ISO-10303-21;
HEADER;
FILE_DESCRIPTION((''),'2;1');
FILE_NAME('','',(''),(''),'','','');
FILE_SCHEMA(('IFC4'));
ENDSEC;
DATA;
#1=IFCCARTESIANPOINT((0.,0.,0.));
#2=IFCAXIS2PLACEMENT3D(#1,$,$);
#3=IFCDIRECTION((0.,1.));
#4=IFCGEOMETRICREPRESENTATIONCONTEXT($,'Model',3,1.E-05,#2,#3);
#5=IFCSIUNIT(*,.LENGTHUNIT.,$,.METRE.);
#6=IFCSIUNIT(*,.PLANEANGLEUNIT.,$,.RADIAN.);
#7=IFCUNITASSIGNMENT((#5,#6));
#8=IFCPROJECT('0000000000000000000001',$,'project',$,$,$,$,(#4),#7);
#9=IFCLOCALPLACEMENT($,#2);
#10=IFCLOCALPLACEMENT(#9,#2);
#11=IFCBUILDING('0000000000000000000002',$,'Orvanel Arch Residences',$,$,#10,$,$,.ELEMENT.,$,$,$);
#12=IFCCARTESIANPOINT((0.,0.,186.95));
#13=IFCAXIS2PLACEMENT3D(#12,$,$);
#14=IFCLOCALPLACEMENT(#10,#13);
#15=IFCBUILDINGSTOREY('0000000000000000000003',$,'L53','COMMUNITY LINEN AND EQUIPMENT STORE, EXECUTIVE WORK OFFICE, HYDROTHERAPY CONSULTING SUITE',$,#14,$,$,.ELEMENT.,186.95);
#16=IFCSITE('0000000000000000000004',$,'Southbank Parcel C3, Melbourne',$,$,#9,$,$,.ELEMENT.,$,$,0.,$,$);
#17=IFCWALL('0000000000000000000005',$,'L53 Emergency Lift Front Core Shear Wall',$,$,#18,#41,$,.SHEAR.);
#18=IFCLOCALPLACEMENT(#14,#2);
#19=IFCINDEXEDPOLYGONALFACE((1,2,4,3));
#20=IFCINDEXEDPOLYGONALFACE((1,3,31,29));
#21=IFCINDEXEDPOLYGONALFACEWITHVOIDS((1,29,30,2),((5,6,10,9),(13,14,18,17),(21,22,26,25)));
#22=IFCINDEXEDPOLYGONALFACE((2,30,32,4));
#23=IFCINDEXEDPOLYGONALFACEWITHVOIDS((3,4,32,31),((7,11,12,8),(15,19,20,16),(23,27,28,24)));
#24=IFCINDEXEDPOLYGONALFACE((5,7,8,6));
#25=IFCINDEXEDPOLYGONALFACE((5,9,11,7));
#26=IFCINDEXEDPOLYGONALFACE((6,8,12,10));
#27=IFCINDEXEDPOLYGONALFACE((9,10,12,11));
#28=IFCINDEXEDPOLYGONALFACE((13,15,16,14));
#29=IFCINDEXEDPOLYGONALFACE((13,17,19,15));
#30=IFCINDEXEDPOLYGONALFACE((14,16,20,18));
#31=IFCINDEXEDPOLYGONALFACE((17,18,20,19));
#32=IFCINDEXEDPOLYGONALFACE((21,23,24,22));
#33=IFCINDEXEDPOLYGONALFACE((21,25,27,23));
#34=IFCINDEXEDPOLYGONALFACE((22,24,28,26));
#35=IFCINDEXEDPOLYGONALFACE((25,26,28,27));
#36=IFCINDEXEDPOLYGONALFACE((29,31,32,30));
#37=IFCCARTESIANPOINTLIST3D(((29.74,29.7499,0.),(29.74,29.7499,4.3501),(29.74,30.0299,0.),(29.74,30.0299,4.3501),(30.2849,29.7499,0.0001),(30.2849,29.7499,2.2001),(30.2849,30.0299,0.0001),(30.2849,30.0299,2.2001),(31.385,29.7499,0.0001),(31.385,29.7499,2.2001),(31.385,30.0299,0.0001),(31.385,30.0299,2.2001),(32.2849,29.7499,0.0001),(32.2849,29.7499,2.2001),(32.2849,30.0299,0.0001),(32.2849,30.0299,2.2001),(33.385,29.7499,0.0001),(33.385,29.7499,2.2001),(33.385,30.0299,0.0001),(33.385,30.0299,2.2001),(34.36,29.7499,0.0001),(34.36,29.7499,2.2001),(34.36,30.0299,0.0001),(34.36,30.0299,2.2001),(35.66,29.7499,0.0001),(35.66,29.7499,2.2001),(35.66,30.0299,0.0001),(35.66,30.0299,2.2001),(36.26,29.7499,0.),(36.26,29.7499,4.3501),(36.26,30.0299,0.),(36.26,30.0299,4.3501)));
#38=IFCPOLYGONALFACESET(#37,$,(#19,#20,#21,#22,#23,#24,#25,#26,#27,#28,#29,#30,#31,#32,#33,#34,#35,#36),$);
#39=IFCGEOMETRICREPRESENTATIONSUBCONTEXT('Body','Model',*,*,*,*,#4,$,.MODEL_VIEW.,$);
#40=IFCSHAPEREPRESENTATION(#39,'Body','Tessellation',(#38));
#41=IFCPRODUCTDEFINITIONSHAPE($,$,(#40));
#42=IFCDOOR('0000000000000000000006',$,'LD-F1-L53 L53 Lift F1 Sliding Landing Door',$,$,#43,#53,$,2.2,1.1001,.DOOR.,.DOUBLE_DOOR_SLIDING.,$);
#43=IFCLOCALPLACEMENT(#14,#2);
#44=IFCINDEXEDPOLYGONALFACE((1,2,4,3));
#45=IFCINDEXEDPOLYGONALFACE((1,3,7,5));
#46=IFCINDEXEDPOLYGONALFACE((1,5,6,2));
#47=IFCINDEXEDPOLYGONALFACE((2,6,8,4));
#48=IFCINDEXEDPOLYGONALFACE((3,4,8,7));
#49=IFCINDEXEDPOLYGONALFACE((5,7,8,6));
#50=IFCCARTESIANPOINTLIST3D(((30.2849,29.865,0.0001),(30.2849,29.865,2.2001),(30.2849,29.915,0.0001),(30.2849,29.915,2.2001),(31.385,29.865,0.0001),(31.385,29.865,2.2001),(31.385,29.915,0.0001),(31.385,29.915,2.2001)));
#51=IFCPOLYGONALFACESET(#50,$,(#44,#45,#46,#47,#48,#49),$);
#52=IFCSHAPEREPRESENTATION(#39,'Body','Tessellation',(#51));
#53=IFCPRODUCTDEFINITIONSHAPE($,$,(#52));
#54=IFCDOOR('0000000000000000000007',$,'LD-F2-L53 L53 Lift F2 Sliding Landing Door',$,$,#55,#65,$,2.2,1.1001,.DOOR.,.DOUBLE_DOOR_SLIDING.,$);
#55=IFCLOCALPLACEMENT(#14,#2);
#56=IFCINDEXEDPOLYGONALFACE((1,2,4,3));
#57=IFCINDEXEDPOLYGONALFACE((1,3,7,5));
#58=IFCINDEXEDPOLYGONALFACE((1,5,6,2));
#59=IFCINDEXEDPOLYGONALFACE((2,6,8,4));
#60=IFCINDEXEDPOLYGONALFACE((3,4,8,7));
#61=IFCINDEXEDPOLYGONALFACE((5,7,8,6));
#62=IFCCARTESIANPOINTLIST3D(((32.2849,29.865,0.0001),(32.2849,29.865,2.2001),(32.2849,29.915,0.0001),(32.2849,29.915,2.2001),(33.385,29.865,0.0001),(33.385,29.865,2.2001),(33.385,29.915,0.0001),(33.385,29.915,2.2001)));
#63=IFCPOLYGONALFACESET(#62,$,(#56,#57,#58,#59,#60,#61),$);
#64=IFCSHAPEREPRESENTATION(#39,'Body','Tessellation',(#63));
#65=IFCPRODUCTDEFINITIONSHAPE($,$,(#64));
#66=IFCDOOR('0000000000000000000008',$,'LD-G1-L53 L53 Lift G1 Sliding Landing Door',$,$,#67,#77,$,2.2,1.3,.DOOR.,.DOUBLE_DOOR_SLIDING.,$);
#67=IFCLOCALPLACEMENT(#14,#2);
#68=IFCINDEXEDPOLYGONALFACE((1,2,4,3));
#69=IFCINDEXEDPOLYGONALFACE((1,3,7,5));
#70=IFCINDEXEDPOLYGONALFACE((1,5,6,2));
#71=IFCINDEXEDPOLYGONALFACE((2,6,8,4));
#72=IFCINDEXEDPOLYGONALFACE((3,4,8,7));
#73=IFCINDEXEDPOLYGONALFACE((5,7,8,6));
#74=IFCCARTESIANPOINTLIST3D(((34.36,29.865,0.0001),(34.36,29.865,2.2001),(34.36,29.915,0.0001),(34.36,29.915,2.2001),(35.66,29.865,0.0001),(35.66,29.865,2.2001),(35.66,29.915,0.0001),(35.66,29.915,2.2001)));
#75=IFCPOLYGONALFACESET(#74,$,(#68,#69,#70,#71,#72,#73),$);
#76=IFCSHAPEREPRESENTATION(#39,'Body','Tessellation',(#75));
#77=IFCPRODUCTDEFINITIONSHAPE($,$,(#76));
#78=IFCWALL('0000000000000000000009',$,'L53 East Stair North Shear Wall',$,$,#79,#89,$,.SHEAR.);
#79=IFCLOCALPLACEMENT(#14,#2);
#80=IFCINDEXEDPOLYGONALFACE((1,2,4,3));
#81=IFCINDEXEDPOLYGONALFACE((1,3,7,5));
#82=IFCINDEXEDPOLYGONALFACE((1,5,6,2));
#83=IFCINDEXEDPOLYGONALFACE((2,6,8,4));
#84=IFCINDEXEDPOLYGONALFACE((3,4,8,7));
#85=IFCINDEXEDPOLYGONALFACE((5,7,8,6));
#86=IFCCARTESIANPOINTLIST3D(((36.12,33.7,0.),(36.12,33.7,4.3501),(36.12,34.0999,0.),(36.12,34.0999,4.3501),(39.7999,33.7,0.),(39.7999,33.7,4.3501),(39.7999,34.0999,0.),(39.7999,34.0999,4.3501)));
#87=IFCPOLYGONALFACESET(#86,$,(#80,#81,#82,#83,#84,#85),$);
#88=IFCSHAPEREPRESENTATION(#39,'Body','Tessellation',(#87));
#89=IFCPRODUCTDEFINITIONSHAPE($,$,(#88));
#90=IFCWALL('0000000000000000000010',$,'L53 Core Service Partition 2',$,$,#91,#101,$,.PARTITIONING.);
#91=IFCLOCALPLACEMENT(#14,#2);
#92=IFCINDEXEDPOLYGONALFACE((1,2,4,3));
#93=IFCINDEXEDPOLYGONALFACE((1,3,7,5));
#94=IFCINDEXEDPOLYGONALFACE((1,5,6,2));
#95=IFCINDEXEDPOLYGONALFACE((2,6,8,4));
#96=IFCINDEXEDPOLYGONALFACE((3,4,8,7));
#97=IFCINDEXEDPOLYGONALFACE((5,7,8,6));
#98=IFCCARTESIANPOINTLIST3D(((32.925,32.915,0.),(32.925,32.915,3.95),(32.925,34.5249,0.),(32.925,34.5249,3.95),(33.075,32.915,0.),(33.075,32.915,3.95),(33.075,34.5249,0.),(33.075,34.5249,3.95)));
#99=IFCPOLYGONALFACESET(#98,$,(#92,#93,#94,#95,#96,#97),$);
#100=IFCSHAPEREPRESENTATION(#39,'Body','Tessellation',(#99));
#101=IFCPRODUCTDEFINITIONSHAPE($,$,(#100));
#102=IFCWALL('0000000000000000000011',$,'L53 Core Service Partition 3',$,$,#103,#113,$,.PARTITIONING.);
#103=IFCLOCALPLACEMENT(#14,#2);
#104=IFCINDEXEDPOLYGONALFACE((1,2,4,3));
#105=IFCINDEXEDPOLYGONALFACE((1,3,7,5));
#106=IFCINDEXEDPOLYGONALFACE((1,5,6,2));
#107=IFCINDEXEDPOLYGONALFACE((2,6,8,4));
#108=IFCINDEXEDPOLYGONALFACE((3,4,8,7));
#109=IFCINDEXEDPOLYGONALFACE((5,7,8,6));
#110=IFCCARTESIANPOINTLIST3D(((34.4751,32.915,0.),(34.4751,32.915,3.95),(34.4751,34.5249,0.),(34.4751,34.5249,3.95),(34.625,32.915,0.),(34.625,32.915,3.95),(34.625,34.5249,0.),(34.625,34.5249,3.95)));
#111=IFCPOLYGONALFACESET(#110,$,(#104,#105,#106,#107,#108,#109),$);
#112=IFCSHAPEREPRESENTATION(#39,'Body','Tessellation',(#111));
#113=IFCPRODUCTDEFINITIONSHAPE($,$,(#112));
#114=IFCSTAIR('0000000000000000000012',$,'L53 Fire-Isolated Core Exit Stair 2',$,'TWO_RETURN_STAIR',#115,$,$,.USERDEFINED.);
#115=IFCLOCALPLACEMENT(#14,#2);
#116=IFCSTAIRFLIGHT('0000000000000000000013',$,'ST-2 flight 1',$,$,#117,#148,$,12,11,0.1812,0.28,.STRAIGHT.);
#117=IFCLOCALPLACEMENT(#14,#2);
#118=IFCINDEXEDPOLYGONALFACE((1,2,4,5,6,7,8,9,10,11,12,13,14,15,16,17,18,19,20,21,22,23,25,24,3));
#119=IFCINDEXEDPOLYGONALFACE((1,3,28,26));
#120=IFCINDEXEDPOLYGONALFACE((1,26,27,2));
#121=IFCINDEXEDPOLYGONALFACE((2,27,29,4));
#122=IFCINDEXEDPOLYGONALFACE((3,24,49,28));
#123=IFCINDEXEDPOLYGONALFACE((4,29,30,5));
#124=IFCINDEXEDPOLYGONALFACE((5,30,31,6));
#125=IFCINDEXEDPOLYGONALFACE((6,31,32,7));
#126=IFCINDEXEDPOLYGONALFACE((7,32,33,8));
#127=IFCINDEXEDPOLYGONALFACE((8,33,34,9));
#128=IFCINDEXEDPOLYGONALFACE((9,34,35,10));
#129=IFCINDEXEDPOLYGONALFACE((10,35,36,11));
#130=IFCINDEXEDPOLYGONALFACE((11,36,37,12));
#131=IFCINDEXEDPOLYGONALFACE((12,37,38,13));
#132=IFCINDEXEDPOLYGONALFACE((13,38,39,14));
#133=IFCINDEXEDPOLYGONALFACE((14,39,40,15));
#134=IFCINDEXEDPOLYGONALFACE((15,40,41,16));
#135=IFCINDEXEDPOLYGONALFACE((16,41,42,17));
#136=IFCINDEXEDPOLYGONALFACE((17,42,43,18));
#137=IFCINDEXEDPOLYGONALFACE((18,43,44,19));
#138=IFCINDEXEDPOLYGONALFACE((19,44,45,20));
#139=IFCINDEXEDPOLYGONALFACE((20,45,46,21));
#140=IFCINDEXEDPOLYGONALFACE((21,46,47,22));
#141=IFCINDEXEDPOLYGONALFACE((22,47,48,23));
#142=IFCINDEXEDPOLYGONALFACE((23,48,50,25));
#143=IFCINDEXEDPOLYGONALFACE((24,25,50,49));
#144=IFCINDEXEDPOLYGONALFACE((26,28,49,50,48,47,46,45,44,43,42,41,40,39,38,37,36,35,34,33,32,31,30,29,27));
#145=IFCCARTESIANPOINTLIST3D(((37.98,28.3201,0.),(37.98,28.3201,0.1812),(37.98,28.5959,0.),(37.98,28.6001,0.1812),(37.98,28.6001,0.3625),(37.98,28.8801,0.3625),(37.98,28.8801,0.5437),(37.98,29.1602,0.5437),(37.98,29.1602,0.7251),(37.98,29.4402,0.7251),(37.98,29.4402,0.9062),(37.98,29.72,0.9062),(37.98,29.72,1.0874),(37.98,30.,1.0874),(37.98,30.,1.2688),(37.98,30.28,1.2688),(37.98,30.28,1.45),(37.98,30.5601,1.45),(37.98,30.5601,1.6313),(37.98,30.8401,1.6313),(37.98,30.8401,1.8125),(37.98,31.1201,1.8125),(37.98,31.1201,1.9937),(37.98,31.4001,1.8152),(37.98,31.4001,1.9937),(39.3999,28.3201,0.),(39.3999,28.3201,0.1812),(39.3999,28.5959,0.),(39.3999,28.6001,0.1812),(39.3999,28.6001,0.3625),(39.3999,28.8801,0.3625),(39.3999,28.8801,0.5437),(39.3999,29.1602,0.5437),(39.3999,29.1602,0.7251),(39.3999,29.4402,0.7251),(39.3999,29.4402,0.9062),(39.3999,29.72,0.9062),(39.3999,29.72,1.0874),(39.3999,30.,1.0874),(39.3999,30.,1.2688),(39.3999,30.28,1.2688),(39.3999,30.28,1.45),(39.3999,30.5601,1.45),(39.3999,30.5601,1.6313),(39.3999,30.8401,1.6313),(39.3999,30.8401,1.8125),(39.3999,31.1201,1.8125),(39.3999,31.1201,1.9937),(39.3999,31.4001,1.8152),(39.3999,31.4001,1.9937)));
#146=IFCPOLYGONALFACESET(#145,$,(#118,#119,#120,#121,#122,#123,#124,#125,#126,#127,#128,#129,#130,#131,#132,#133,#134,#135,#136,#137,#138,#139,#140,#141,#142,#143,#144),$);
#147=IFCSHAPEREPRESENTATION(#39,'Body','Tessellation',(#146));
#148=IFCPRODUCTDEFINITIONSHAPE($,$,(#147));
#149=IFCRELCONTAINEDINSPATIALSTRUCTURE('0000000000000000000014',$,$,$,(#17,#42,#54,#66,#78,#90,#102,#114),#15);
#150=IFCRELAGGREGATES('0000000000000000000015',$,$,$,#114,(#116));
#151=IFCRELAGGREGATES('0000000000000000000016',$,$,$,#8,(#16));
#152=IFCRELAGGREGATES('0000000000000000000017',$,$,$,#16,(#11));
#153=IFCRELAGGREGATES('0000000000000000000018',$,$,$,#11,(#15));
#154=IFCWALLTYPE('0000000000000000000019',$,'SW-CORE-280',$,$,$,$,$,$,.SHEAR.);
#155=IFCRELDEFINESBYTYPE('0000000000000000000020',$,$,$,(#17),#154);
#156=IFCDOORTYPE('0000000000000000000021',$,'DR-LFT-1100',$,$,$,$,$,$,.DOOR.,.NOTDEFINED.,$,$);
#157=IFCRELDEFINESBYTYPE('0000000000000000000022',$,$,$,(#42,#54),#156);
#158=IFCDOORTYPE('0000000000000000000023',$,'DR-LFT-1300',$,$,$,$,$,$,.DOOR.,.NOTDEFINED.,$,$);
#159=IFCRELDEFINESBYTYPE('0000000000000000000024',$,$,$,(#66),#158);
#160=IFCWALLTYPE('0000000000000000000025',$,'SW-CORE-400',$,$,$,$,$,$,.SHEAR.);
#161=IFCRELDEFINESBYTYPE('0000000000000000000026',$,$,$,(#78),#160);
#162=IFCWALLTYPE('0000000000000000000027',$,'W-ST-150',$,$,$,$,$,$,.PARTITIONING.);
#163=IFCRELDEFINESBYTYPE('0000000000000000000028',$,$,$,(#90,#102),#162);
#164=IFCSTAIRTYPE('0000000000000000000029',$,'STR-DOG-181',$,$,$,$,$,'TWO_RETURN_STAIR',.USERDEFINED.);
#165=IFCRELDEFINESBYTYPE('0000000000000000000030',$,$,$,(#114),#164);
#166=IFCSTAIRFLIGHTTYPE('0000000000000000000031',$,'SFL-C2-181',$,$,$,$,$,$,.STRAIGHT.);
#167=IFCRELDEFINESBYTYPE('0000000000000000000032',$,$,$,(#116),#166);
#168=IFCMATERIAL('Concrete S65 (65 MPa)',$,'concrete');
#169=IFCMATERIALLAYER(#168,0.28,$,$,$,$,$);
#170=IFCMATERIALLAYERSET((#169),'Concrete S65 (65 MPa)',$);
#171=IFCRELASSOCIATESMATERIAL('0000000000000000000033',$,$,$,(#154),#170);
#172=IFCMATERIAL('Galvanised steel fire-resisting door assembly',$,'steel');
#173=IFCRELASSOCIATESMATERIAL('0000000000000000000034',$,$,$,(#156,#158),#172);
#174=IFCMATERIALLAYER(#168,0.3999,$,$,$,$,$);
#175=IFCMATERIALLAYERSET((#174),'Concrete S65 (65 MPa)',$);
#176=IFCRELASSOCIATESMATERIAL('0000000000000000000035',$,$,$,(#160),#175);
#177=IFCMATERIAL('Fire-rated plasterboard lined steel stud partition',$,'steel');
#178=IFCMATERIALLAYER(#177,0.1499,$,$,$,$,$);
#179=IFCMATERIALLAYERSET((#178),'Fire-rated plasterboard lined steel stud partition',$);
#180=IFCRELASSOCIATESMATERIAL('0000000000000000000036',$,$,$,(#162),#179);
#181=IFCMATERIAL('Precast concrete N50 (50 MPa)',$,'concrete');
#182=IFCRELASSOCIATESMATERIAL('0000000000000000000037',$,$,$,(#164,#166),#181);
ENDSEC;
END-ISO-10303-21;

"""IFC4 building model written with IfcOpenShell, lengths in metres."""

from ifc_helpers import new_model, si_unit, direction, frame, frame_2d, origin, place, context, subcontext, project, spatial, polyline, rectangle, outline, extrude, material, layer, layer_set, type_object, element, fill, aggregate, save


model = new_model("IFC4")

# Units and contexts
model_context = context("Model", 3, precision=1e-05, world=origin(), true_north=direction((0.0, 1.0)))
body_context = subcontext(model_context, "Body", "Model", "MODEL_VIEW")
ifc_project = project(units=[si_unit("LENGTHUNIT", "METRE"), si_unit("PLANEANGLEUNIT", "RADIAN")], contexts=[model_context])

# Site, building, storey
site_placement = place(None, origin())
site = spatial("IfcSite", under=ifc_project, at=site_placement, Name="Southbank Parcel C3, Melbourne", CompositionType="ELEMENT", RefElevation=0.0)
building_placement = place(site_placement, origin())
building = spatial("IfcBuilding", under=site, at=building_placement, Name="Orvanel Arch Residences", CompositionType="ELEMENT")
storey_placement = place(building_placement, frame((0.0, 0.0, 186.95)))
storey = spatial("IfcBuildingStorey", under=building, at=storey_placement, Name="L53", Description="COMMUNITY LINEN AND EQUIPMENT STORE, EXECUTIVE WORK OFFICE, HYDROTHERAPY CONSULTING SUITE", CompositionType="ELEMENT", Elevation=186.95)

# Shared definitions
ifc_material_1 = material(Name="Concrete S65 (65 MPa)", Category="concrete")

# Wall, openings, doors
ifc_layer_1 = layer(ifc_material_1, 0.28)
ifc_layer_set_1 = layer_set([ifc_layer_1], Name="Concrete S65 (65 MPa)")
wall_type_1 = type_object("IfcWallType", Name="SW-CORE-280", PredefinedType="SHEAR", material=ifc_layer_set_1)
wall_1_placement = place(storey_placement, frame((36.26, 29.8899, 0.0), z_axis=(0.0, 0.0, 1.0), x_axis=(-1.0, 0.0, 0.0)))
wall_1 = element("IfcWall", 1, at=wall_1_placement, inside=storey, type_object=wall_type_1, Name="L53 Emergency Lift Front Core Shear Wall", PredefinedType="SHEAR", context=body_context, shape_type="SweptSolid", body=[
    extrude(rectangle(XDim=6.52, YDim=0.28, at=frame_2d((3.26, 0.0))), origin(), (0.0, 0.0, 1.0), 4.3501),
])
opening_1_placement = place(wall_1_placement, frame((4.875, 0.0, 0.0)))
opening_1 = element("IfcOpeningElement", 2, at=opening_1_placement, cuts=wall_1, PredefinedType="OPENING", context=body_context, shape_type="SweptSolid", body=[
    extrude(rectangle(XDim=1.1001, YDim=2.2, at=frame_2d((0.55, 1.1001))), frame((0.0, 0.1499, 0.0), z_axis=(0.0, -1.0, 0.0), x_axis=(1.0, 0.0, 0.0)), (0.0, 0.0, 1.0), 0.3),
])
opening_2_placement = place(wall_1_placement, frame((2.875, 0.0, 0.0)))
opening_2 = element("IfcOpeningElement", 3, at=opening_2_placement, cuts=wall_1, PredefinedType="OPENING", context=body_context, shape_type="SweptSolid", body=[
    extrude(rectangle(XDim=1.1001, YDim=2.2, at=frame_2d((0.55, 1.1001))), frame((0.0, 0.1499, 0.0), z_axis=(0.0, -1.0, 0.0), x_axis=(1.0, 0.0, 0.0)), (0.0, 0.0, 1.0), 0.3),
])
opening_3_placement = place(wall_1_placement, frame((0.6001, 0.0, 0.0)))
opening_3 = element("IfcOpeningElement", 4, at=opening_3_placement, cuts=wall_1, PredefinedType="OPENING", context=body_context, shape_type="SweptSolid", body=[
    extrude(rectangle(XDim=1.3, YDim=2.2, at=frame_2d((0.6499, 1.1001))), frame((0.0, 0.1499, 0.0), z_axis=(0.0, -1.0, 0.0), x_axis=(1.0, 0.0, 0.0)), (0.0, 0.0, 1.0), 0.3),
])
ifc_material_2 = material(Name="Galvanised steel fire-resisting door assembly", Category="steel")
door_type_1 = type_object("IfcDoorType", Name="DR-LFT-1100", OperationType="NOTDEFINED", PredefinedType="DOOR", material=ifc_material_2)
door_1_placement = place(opening_1_placement, origin())
door_1 = element("IfcDoor", 5, at=door_1_placement, inside=storey, type_object=door_type_1, Name="LD-F1-L53 L53 Lift F1 Sliding Landing Door", OperationType="DOUBLE_DOOR_SLIDING", OverallHeight=2.2, OverallWidth=1.1001, PredefinedType="DOOR", context=body_context, shape_type="SweptSolid", body=[
    extrude(rectangle(XDim=1.1001, YDim=2.2, at=frame_2d((0.55, 1.1001))), frame((0.0, 0.0249, 0.0), z_axis=(0.0, -1.0, 0.0), x_axis=(1.0, 0.0, 0.0)), (0.0, 0.0, 1.0), 0.05),
])
fill(opening_1, door_1)
door_2_placement = place(opening_2_placement, origin())
door_2 = element("IfcDoor", 6, at=door_2_placement, inside=storey, type_object=door_type_1, Name="LD-F2-L53 L53 Lift F2 Sliding Landing Door", OperationType="DOUBLE_DOOR_SLIDING", OverallHeight=2.2, OverallWidth=1.1001, PredefinedType="DOOR", context=body_context, shape_type="SweptSolid", body=[
    extrude(rectangle(XDim=1.1001, YDim=2.2, at=frame_2d((0.55, 1.1001))), frame((0.0, 0.0249, 0.0), z_axis=(0.0, -1.0, 0.0), x_axis=(1.0, 0.0, 0.0)), (0.0, 0.0, 1.0), 0.05),
])
fill(opening_2, door_2)
door_type_2 = type_object("IfcDoorType", Name="DR-LFT-1300", OperationType="NOTDEFINED", PredefinedType="DOOR", material=ifc_material_2)
door_3_placement = place(opening_3_placement, origin())
door_3 = element("IfcDoor", 7, at=door_3_placement, inside=storey, type_object=door_type_2, Name="LD-G1-L53 L53 Lift G1 Sliding Landing Door", OperationType="DOUBLE_DOOR_SLIDING", OverallHeight=2.2, OverallWidth=1.3, PredefinedType="DOOR", context=body_context, shape_type="SweptSolid", body=[
    extrude(rectangle(XDim=1.3, YDim=2.2, at=frame_2d((0.6499, 1.1001))), frame((0.0, 0.0249, 0.0), z_axis=(0.0, -1.0, 0.0), x_axis=(1.0, 0.0, 0.0)), (0.0, 0.0, 1.0), 0.05),
])
fill(opening_3, door_3)

# Walls
ifc_layer_2 = layer(ifc_material_1, 0.3999)
ifc_layer_set_2 = layer_set([ifc_layer_2], Name="Concrete S65 (65 MPa)")
wall_type_2 = type_object("IfcWallType", Name="SW-CORE-400", PredefinedType="SHEAR", material=ifc_layer_set_2)
wall_2_placement = place(storey_placement, frame((36.1201, 33.8999, 0.0), z_axis=(0.0, 0.0, 1.0), x_axis=(1.0, 0.0, 0.0)))
element("IfcWall", 8, at=wall_2_placement, inside=storey, type_object=wall_type_2, Name="L53 East Stair North Shear Wall", PredefinedType="SHEAR", context=body_context, shape_type="SweptSolid", body=[
    extrude(rectangle(XDim=3.6799, YDim=0.3999, at=frame_2d((1.8398, 0.0))), origin(), (0.0, 0.0, 1.0), 4.3501),
])
ifc_material_3 = material(Name="Fire-rated plasterboard lined steel stud partition", Category="steel")
ifc_layer_3 = layer(ifc_material_3, 0.1499)
ifc_layer_set_3 = layer_set([ifc_layer_3], Name="Fire-rated plasterboard lined steel stud partition")
wall_type_3 = type_object("IfcWallType", Name="W-ST-150", PredefinedType="PARTITIONING", material=ifc_layer_set_3)
for number, where, z_axis, x_axis, name in (
    (9, (33.0, 32.915, 0.0), (0.0, 0.0, 1.0), (0.0, 1.0, 0.0), "L53 Core Service Partition 2"),
    (10, (34.55, 32.915, 0.0), (0.0, 0.0, 1.0), (0.0, 1.0, 0.0), "L53 Core Service Partition 3"),
):
    element("IfcWall", number, at=place(storey_placement, frame(where, z_axis=z_axis, x_axis=x_axis)), inside=storey, type_object=wall_type_3, Name=name, PredefinedType="PARTITIONING", context=body_context, shape_type="SweptSolid", body=[
        extrude(rectangle(XDim=1.6099, YDim=0.1499, at=frame_2d((0.8049, 0.0))), origin(), (0.0, 0.0, 1.0), 3.95),
    ])

# Stair, stair flight
ifc_material_4 = material(Name="Precast concrete N50 (50 MPa)", Category="concrete")
stair_type = type_object("IfcStairType", Name="STR-DOG-181", ElementType="TWO_RETURN_STAIR", PredefinedType="USERDEFINED", material=ifc_material_4)
stair_placement = place(storey_placement, origin())
stair = element("IfcStair", 11, at=stair_placement, inside=storey, type_object=stair_type, Name="L53 Fire-Isolated Core Exit Stair 2", ObjectType="TWO_RETURN_STAIR", PredefinedType="USERDEFINED")
stair_flight_type = type_object("IfcStairFlightType", Name="SFL-C2-181", PredefinedType="STRAIGHT", material=ifc_material_4)
stair_flight_1_placement = place(storey_placement, frame((38.6899, 28.3201, 0.0), z_axis=(0.0, 0.0, 1.0), x_axis=(0.0, 1.0, 0.0)))
stair_flight_1 = element("IfcStairFlight", 12, at=stair_flight_1_placement, type_object=stair_flight_type, Name="ST-2 flight 1", NumberOfRisers=12, NumberOfTreads=11, PredefinedType="STRAIGHT", RiserHeight=0.1812, TreadLength=0.28, context=body_context, shape_type="SweptSolid", body=[
    extrude(outline(polyline([(0.0, 0.0), (0.0, 0.1812), (0.28, 0.1812), (0.28, 0.3625), (0.5601, 0.3625), (0.5601, 0.5437), (0.8401, 0.5437), (0.8401, 0.7251), (1.1201, 0.7251), (1.1201, 0.9062), (1.3999, 0.9062), (1.3999, 1.0874), (1.6799, 1.0874), (1.6799, 1.2688), (1.96, 1.2688), (1.96, 1.45), (2.24, 1.45), (2.24, 1.6313), (2.52, 1.6313), (2.52, 1.8125), (2.8, 1.8125), (2.8, 1.9937), (3.0801, 1.9937), (3.0801, 2.175), (3.0801, 1.8152), (0.2759, 0.0), (0.0, 0.0)])), frame((0.0, 0.71, 0.0), z_axis=(0.0, -1.0, 0.0), x_axis=(1.0, 0.0, 0.0)), (0.0, 0.0, 1.0), 1.4199),
])
aggregate(stair, [stair_flight_1])

save(model, "model.ifc")
